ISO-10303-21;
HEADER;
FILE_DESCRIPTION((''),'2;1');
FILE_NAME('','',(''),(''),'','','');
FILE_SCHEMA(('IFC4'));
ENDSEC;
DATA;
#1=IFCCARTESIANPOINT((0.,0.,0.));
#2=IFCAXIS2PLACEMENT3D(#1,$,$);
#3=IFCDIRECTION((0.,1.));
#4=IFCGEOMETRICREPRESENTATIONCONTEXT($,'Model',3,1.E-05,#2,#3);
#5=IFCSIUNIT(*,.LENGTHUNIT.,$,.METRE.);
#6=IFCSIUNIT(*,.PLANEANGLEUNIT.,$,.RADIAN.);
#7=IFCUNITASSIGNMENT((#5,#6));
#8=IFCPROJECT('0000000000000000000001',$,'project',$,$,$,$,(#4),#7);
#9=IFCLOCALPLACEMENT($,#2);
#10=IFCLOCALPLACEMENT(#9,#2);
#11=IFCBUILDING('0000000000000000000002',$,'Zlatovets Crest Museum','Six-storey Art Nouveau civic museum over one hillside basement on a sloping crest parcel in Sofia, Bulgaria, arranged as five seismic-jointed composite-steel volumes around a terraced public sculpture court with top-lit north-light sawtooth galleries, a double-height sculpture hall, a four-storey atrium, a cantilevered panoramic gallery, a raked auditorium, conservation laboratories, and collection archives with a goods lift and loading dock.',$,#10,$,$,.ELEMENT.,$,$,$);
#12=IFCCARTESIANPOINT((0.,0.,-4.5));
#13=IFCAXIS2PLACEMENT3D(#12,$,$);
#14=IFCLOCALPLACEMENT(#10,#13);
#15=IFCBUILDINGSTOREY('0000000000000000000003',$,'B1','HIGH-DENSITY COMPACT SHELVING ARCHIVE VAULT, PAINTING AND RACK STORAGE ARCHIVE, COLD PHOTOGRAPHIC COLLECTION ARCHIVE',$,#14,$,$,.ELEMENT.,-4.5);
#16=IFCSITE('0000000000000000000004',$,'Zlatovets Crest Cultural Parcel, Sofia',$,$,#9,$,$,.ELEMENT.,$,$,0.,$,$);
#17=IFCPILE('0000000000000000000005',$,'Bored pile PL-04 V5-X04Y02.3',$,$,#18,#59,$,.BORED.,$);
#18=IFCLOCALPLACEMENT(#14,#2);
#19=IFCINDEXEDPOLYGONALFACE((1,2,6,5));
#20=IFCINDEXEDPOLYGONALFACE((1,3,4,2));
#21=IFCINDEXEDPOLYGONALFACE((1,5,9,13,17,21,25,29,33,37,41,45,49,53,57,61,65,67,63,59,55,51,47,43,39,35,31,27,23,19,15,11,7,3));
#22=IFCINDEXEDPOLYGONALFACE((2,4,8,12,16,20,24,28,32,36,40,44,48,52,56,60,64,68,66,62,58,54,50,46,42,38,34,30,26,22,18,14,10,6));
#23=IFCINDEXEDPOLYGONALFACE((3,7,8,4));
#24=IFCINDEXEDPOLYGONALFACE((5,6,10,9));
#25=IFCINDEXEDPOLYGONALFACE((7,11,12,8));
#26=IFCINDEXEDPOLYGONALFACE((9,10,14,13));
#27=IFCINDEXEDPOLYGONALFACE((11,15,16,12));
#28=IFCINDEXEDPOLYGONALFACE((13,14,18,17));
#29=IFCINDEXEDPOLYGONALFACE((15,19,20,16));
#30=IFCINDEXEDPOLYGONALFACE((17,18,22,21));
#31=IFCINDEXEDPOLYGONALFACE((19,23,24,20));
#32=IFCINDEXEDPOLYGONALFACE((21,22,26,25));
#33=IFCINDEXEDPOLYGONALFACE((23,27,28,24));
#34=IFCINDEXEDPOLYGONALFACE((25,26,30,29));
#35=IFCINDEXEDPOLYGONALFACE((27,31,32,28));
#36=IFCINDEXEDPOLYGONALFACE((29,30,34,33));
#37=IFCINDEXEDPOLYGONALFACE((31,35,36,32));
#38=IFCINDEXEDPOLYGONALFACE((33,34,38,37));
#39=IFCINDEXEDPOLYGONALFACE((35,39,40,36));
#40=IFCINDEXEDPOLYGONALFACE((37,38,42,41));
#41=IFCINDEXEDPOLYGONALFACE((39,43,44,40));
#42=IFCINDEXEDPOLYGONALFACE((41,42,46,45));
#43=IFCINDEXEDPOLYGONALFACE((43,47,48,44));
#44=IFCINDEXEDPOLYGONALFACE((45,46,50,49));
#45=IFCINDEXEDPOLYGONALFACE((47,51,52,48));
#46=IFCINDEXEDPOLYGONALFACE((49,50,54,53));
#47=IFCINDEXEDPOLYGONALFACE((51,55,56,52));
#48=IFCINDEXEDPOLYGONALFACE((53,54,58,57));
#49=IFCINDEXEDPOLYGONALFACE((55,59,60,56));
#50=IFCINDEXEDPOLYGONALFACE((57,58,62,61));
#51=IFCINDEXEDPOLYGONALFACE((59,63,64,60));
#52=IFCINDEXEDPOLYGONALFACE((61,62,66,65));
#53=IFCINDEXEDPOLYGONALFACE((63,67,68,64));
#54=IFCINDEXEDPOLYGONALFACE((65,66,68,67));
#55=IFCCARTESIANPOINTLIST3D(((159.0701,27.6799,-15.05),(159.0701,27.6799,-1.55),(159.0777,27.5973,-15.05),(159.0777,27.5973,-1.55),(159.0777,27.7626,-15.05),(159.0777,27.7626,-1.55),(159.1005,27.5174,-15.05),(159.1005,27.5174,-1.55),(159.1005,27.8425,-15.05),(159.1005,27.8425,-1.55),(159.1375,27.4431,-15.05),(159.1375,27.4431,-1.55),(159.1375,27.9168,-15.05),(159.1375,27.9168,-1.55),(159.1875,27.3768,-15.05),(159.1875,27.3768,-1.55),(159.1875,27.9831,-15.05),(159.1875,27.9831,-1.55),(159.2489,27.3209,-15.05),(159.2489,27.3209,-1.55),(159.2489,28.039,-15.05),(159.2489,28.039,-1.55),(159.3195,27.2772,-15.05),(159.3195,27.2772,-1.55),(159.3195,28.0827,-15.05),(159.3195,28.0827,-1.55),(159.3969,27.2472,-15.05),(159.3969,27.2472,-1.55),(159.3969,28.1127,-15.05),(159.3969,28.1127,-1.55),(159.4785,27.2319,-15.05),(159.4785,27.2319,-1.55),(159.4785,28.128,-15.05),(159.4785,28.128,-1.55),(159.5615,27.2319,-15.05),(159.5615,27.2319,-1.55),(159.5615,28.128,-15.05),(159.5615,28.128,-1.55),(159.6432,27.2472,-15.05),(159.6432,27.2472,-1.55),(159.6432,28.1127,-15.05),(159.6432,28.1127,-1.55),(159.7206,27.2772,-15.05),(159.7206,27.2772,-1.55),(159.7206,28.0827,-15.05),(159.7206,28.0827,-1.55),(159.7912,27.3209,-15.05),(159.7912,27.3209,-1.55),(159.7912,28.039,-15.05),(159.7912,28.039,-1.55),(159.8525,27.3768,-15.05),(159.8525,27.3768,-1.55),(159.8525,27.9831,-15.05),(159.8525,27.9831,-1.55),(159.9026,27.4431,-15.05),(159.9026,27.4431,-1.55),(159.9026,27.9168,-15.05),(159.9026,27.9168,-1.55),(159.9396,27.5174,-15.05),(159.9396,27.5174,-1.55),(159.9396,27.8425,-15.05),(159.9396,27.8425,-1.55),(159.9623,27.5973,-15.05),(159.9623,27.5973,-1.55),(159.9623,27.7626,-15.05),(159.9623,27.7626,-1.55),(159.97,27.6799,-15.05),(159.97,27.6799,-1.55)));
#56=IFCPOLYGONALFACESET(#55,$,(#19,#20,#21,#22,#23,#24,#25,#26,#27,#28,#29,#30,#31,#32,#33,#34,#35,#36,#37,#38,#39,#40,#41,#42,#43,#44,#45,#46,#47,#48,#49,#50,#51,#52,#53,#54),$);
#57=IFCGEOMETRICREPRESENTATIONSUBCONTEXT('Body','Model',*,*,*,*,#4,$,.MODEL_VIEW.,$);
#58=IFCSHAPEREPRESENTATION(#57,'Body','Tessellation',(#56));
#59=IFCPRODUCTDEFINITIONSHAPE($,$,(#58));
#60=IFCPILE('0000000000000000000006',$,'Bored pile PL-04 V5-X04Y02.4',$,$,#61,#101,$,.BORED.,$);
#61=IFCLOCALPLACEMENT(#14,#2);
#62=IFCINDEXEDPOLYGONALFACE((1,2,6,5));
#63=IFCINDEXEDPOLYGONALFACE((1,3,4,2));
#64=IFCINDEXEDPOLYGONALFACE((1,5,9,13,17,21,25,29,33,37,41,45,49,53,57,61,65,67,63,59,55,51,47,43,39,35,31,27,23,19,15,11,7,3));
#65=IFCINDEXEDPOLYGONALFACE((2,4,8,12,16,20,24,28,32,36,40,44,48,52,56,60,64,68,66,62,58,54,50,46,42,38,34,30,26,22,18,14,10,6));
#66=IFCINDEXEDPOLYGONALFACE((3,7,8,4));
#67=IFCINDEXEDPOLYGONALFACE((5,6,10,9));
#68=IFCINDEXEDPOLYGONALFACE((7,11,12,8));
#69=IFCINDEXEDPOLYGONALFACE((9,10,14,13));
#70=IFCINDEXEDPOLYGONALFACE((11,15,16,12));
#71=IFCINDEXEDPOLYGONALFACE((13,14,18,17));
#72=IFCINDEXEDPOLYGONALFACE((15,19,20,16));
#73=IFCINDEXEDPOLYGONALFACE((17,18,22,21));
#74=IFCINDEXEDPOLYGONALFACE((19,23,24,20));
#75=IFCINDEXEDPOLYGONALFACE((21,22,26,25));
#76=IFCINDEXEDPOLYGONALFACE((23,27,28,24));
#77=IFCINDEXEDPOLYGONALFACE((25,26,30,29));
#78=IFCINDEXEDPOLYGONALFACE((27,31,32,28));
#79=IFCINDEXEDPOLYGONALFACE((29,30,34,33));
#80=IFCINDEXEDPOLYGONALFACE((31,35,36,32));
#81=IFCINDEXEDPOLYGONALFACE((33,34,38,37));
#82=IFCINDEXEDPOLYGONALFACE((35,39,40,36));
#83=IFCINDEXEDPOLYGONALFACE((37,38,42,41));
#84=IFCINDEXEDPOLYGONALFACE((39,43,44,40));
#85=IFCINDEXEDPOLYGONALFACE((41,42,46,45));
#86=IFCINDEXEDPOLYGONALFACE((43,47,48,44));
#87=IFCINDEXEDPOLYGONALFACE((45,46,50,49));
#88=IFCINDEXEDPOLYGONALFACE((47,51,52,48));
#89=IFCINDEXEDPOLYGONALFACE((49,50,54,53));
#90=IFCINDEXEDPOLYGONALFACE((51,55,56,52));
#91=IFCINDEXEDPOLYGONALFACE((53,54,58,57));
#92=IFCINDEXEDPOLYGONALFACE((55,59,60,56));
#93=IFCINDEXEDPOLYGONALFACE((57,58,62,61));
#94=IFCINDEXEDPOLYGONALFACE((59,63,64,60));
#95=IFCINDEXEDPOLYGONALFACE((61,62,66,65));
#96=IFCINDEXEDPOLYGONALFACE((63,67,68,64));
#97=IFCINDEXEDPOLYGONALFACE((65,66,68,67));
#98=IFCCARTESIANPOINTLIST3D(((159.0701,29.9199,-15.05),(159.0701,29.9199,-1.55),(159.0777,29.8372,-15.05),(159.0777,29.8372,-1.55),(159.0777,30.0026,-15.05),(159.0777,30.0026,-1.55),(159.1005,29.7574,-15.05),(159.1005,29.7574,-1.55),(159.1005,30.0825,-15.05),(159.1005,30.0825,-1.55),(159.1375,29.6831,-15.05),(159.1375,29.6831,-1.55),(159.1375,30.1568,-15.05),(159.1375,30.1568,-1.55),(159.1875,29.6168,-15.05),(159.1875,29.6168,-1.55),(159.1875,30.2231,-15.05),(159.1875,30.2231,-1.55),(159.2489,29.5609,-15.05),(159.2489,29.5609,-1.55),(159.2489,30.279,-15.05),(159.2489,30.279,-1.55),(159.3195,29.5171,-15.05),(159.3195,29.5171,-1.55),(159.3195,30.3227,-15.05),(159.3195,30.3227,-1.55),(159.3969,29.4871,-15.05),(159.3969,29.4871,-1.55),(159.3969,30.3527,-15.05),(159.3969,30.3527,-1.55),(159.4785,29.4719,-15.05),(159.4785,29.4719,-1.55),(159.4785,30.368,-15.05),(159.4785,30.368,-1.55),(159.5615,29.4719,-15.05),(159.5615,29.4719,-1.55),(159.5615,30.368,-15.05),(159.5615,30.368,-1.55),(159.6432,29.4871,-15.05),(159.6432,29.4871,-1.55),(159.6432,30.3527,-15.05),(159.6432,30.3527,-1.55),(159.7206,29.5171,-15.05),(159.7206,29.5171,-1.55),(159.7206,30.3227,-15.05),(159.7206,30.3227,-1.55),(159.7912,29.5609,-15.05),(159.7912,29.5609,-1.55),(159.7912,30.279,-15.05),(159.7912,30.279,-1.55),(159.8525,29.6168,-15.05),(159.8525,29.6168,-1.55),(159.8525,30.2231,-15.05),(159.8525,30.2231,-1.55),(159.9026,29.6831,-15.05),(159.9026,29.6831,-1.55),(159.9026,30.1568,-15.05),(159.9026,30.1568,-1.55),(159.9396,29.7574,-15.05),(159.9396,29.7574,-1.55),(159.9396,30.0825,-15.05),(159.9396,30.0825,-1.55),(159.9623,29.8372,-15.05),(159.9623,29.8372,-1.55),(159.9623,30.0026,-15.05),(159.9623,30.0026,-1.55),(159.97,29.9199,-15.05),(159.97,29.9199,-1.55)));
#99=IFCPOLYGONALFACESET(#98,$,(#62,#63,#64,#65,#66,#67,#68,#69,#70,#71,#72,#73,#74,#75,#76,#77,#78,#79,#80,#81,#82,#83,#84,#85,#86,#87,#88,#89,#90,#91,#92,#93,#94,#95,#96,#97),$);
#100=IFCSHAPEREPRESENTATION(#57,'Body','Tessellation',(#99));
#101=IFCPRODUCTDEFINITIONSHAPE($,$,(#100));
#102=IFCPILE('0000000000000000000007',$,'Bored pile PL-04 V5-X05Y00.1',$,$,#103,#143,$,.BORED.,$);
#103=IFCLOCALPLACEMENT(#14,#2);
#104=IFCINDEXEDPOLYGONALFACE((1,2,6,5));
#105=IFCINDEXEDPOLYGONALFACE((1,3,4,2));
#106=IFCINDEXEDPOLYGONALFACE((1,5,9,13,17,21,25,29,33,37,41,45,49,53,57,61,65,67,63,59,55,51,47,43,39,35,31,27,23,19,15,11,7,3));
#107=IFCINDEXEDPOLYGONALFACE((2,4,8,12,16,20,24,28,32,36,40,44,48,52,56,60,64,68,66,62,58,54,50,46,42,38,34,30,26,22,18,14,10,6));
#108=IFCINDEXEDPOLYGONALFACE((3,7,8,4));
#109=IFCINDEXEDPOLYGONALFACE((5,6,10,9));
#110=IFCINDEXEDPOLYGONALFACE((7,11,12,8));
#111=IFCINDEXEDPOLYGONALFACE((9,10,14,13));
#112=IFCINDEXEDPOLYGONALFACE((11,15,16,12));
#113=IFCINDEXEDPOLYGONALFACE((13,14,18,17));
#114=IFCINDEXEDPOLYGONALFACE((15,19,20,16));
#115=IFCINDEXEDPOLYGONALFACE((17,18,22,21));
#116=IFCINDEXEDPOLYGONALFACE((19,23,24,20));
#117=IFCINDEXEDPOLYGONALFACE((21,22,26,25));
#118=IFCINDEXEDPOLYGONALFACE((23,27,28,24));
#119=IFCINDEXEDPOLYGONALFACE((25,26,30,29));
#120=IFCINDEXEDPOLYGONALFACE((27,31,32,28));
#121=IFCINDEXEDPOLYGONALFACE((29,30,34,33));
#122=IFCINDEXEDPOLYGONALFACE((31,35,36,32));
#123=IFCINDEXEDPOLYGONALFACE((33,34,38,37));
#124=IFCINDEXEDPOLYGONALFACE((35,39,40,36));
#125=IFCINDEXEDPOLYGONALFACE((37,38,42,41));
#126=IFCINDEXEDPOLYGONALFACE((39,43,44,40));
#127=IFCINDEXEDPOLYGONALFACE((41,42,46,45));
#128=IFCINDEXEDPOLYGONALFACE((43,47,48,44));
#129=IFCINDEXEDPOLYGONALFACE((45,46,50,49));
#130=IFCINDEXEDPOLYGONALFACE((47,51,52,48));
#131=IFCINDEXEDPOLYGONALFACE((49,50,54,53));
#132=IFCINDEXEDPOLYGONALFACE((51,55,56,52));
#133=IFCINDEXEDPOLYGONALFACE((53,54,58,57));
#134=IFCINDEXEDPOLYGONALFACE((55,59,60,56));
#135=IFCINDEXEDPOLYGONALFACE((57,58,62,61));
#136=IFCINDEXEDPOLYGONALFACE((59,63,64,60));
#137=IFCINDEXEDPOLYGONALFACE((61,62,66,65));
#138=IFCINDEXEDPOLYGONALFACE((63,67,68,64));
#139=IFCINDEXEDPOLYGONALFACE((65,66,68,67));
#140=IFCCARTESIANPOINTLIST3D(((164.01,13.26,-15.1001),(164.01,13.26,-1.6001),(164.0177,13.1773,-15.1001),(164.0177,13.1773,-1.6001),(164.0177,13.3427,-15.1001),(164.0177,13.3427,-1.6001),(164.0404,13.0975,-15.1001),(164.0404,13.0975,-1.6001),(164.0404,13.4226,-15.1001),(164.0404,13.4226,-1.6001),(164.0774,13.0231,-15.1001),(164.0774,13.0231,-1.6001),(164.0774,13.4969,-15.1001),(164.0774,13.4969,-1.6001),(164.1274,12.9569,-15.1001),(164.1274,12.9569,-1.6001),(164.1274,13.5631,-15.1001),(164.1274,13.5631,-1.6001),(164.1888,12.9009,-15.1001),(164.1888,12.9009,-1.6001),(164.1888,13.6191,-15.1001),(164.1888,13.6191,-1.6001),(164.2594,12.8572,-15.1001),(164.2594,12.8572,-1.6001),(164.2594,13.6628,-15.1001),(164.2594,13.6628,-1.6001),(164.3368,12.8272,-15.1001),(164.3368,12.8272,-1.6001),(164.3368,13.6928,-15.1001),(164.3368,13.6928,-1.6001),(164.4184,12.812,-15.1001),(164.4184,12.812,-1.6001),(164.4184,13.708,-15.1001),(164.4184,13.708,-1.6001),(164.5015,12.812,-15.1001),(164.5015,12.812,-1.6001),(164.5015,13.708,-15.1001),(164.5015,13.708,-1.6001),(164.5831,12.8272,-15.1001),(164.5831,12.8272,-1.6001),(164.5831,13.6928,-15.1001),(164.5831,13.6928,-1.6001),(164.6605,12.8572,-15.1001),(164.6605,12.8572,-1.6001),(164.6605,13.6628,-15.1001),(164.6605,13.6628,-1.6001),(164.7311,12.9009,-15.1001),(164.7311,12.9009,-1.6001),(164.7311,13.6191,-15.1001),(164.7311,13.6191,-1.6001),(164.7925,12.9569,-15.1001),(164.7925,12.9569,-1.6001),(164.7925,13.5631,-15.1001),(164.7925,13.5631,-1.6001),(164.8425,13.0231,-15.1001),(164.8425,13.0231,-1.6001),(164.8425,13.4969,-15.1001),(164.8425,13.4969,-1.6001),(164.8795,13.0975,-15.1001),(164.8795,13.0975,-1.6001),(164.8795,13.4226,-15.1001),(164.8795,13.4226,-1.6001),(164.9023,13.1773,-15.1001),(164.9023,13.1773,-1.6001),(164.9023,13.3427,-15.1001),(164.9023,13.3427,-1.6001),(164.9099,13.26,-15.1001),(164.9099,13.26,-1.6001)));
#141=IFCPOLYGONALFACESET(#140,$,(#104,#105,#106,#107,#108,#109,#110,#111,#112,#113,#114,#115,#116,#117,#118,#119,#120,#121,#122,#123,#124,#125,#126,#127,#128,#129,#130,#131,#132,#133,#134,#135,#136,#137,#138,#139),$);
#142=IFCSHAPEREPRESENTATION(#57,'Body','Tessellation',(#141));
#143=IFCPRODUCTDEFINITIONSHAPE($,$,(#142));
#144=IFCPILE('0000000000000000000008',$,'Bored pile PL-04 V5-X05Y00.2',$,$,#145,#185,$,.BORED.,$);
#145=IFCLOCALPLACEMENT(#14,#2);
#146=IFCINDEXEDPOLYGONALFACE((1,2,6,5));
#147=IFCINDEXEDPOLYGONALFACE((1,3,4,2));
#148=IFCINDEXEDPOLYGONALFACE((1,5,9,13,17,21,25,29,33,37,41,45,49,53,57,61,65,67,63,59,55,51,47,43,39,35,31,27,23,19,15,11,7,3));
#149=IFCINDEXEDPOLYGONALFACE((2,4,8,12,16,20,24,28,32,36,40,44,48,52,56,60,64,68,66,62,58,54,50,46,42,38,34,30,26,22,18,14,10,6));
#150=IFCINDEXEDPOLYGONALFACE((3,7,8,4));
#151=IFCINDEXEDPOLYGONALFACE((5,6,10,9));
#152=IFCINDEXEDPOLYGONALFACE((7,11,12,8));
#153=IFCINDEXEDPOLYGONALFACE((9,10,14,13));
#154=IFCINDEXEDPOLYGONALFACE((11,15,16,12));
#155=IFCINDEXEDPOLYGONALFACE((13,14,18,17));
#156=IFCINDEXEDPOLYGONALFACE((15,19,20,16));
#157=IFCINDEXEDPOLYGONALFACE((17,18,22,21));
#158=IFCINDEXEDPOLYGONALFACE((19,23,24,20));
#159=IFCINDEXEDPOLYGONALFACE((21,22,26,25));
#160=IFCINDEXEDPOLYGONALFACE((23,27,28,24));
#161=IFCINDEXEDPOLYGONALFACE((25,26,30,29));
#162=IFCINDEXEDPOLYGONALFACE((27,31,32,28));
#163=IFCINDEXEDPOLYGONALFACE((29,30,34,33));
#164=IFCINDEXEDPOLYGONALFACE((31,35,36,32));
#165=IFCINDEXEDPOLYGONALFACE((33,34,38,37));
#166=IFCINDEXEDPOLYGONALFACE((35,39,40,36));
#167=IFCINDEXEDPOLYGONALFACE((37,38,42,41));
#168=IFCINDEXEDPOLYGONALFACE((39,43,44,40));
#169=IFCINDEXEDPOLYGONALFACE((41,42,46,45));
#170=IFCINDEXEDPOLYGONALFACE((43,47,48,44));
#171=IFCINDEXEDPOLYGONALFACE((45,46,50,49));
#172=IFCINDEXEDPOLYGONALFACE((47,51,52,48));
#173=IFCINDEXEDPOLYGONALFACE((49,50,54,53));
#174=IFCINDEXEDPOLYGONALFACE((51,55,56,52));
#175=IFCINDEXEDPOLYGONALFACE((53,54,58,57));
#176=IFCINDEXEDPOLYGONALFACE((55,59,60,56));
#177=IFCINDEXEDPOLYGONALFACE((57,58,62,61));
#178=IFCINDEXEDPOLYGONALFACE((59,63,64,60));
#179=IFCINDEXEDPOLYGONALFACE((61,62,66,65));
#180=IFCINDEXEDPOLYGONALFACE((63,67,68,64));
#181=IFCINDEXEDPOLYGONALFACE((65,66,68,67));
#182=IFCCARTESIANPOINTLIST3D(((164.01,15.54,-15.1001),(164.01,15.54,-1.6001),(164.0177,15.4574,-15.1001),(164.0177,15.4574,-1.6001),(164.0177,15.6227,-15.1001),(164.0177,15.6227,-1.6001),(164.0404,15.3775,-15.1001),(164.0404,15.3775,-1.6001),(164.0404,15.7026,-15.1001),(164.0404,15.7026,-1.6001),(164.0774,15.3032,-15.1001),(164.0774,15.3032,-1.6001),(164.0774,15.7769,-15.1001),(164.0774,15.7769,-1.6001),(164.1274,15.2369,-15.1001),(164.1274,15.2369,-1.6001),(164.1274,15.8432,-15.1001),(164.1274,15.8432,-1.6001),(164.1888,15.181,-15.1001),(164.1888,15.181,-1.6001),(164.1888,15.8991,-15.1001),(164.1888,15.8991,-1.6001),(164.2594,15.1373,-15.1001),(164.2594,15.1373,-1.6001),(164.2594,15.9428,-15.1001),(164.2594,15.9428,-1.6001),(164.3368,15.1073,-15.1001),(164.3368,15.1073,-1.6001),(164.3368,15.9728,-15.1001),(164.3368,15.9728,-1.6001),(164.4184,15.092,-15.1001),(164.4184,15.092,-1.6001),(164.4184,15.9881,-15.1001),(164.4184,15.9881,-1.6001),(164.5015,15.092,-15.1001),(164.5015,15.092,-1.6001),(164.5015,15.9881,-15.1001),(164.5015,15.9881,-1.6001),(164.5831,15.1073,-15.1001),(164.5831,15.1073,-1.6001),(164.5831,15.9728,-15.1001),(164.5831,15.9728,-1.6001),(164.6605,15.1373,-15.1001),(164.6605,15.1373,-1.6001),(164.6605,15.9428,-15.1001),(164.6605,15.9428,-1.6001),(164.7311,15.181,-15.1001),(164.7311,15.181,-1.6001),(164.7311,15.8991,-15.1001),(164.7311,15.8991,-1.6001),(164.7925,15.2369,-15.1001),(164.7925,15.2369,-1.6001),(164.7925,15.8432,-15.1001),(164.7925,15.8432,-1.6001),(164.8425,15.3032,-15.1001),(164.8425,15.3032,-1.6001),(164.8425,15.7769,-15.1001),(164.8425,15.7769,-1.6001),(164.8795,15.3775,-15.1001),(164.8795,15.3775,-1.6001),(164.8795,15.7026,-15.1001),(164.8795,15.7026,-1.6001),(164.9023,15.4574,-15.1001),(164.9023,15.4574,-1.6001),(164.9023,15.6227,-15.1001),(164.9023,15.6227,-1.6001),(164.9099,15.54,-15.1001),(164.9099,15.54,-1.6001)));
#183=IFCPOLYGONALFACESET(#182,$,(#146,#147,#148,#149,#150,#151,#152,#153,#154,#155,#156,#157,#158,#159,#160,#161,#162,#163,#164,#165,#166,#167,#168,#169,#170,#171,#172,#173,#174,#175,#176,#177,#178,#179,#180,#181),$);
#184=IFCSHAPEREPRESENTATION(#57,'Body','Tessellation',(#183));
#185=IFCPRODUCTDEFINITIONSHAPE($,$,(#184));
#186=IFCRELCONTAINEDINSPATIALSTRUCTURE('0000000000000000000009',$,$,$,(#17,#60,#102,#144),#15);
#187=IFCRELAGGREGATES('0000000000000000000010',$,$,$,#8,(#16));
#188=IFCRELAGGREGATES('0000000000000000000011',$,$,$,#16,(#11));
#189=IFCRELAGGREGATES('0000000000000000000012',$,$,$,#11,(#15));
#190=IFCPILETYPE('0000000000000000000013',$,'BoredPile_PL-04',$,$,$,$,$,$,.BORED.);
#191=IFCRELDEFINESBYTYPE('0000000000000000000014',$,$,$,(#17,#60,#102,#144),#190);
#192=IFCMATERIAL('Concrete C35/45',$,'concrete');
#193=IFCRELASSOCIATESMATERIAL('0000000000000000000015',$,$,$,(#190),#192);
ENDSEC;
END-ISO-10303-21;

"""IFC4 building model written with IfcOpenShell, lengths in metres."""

from ifc_helpers import new_model, si_unit, direction, frame, origin, origin_2d, place, context, subcontext, project, spatial, circle, extrude, material, material_profile, profile_set, type_object, element, save


model = new_model("IFC4")

# Units and contexts
model_context = context("Model", 3, precision=1e-05, world=origin(), true_north=direction((0.0, 1.0)))
body_context = subcontext(model_context, "Body", "Model", "MODEL_VIEW")
ifc_project = project(units=[si_unit("LENGTHUNIT", "METRE"), si_unit("PLANEANGLEUNIT", "RADIAN")], contexts=[model_context])

# Site, building, storey
site_placement = place(None, origin())
site = spatial("IfcSite", under=ifc_project, at=site_placement, Name="Zlatovets Crest Cultural Parcel, Sofia", CompositionType="ELEMENT", RefElevation=0.0)
building_placement = place(site_placement, origin())
building = spatial("IfcBuilding", under=site, at=building_placement, Name="Zlatovets Crest Museum", Description="Six-storey Art Nouveau civic museum over one hillside basement on a sloping crest parcel in Sofia, Bulgaria, arranged as five seismic-jointed composite-steel volumes around a terraced public sculpture court with top-lit north-light sawtooth galleries, a double-height sculpture hall, a four-storey atrium, a cantilevered panoramic gallery, a raked auditorium, conservation laboratories, and collection archives with a goods lift and loading dock.", CompositionType="ELEMENT")
storey_placement = place(building_placement, frame((0.0, 0.0, -4.5)))
storey = spatial("IfcBuildingStorey", under=building, at=storey_placement, Name="B1", Description="HIGH-DENSITY COMPACT SHELVING ARCHIVE VAULT, PAINTING AND RACK STORAGE ARCHIVE, COLD PHOTOGRAPHIC COLLECTION ARCHIVE", CompositionType="ELEMENT", Elevation=-4.5)

# Piles
ifc_material = material(Name="Concrete C35/45", Category="concrete")
ifc_material_profile_1 = material_profile(ifc_material, circle(Radius=0.45, at=origin_2d()), Name="PILE D900")
ifc_profile_set_1 = profile_set([ifc_material_profile_1], Name="Concrete C35/45")
pile_type = type_object("IfcPileType", Name="BoredPile_PL-04", PredefinedType="BORED", material=ifc_profile_set_1)
for number, where, z_axis, x_axis, name in (
    (1, (159.52, 27.6799, -1.55), (0.0, 0.0, -1.0), (1.0, 0.0, 0.0), "Bored pile PL-04 V5-X04Y02.3"),
    (2, (159.52, 29.9199, -1.55), (0.0, 0.0, -1.0), (1.0, 0.0, 0.0), "Bored pile PL-04 V5-X04Y02.4"),
    (3, (164.46, 13.26, -1.6001), (0.0, 0.0, -1.0), (1.0, 0.0, 0.0), "Bored pile PL-04 V5-X05Y00.1"),
    (4, (164.46, 15.54, -1.6001), (0.0, 0.0, -1.0), (1.0, 0.0, 0.0), "Bored pile PL-04 V5-X05Y00.2"),
):
    element("IfcPile", number, at=place(storey_placement, frame(where, z_axis=z_axis, x_axis=x_axis)), inside=storey, type_object=pile_type, Name=name, PredefinedType="BORED", context=body_context, shape_type="SweptSolid", body=[
        extrude(circle(Radius=0.45, at=origin_2d()), origin(), (0.0, 0.0, 1.0), 13.5),
    ])

save(model, "model.ifc")
